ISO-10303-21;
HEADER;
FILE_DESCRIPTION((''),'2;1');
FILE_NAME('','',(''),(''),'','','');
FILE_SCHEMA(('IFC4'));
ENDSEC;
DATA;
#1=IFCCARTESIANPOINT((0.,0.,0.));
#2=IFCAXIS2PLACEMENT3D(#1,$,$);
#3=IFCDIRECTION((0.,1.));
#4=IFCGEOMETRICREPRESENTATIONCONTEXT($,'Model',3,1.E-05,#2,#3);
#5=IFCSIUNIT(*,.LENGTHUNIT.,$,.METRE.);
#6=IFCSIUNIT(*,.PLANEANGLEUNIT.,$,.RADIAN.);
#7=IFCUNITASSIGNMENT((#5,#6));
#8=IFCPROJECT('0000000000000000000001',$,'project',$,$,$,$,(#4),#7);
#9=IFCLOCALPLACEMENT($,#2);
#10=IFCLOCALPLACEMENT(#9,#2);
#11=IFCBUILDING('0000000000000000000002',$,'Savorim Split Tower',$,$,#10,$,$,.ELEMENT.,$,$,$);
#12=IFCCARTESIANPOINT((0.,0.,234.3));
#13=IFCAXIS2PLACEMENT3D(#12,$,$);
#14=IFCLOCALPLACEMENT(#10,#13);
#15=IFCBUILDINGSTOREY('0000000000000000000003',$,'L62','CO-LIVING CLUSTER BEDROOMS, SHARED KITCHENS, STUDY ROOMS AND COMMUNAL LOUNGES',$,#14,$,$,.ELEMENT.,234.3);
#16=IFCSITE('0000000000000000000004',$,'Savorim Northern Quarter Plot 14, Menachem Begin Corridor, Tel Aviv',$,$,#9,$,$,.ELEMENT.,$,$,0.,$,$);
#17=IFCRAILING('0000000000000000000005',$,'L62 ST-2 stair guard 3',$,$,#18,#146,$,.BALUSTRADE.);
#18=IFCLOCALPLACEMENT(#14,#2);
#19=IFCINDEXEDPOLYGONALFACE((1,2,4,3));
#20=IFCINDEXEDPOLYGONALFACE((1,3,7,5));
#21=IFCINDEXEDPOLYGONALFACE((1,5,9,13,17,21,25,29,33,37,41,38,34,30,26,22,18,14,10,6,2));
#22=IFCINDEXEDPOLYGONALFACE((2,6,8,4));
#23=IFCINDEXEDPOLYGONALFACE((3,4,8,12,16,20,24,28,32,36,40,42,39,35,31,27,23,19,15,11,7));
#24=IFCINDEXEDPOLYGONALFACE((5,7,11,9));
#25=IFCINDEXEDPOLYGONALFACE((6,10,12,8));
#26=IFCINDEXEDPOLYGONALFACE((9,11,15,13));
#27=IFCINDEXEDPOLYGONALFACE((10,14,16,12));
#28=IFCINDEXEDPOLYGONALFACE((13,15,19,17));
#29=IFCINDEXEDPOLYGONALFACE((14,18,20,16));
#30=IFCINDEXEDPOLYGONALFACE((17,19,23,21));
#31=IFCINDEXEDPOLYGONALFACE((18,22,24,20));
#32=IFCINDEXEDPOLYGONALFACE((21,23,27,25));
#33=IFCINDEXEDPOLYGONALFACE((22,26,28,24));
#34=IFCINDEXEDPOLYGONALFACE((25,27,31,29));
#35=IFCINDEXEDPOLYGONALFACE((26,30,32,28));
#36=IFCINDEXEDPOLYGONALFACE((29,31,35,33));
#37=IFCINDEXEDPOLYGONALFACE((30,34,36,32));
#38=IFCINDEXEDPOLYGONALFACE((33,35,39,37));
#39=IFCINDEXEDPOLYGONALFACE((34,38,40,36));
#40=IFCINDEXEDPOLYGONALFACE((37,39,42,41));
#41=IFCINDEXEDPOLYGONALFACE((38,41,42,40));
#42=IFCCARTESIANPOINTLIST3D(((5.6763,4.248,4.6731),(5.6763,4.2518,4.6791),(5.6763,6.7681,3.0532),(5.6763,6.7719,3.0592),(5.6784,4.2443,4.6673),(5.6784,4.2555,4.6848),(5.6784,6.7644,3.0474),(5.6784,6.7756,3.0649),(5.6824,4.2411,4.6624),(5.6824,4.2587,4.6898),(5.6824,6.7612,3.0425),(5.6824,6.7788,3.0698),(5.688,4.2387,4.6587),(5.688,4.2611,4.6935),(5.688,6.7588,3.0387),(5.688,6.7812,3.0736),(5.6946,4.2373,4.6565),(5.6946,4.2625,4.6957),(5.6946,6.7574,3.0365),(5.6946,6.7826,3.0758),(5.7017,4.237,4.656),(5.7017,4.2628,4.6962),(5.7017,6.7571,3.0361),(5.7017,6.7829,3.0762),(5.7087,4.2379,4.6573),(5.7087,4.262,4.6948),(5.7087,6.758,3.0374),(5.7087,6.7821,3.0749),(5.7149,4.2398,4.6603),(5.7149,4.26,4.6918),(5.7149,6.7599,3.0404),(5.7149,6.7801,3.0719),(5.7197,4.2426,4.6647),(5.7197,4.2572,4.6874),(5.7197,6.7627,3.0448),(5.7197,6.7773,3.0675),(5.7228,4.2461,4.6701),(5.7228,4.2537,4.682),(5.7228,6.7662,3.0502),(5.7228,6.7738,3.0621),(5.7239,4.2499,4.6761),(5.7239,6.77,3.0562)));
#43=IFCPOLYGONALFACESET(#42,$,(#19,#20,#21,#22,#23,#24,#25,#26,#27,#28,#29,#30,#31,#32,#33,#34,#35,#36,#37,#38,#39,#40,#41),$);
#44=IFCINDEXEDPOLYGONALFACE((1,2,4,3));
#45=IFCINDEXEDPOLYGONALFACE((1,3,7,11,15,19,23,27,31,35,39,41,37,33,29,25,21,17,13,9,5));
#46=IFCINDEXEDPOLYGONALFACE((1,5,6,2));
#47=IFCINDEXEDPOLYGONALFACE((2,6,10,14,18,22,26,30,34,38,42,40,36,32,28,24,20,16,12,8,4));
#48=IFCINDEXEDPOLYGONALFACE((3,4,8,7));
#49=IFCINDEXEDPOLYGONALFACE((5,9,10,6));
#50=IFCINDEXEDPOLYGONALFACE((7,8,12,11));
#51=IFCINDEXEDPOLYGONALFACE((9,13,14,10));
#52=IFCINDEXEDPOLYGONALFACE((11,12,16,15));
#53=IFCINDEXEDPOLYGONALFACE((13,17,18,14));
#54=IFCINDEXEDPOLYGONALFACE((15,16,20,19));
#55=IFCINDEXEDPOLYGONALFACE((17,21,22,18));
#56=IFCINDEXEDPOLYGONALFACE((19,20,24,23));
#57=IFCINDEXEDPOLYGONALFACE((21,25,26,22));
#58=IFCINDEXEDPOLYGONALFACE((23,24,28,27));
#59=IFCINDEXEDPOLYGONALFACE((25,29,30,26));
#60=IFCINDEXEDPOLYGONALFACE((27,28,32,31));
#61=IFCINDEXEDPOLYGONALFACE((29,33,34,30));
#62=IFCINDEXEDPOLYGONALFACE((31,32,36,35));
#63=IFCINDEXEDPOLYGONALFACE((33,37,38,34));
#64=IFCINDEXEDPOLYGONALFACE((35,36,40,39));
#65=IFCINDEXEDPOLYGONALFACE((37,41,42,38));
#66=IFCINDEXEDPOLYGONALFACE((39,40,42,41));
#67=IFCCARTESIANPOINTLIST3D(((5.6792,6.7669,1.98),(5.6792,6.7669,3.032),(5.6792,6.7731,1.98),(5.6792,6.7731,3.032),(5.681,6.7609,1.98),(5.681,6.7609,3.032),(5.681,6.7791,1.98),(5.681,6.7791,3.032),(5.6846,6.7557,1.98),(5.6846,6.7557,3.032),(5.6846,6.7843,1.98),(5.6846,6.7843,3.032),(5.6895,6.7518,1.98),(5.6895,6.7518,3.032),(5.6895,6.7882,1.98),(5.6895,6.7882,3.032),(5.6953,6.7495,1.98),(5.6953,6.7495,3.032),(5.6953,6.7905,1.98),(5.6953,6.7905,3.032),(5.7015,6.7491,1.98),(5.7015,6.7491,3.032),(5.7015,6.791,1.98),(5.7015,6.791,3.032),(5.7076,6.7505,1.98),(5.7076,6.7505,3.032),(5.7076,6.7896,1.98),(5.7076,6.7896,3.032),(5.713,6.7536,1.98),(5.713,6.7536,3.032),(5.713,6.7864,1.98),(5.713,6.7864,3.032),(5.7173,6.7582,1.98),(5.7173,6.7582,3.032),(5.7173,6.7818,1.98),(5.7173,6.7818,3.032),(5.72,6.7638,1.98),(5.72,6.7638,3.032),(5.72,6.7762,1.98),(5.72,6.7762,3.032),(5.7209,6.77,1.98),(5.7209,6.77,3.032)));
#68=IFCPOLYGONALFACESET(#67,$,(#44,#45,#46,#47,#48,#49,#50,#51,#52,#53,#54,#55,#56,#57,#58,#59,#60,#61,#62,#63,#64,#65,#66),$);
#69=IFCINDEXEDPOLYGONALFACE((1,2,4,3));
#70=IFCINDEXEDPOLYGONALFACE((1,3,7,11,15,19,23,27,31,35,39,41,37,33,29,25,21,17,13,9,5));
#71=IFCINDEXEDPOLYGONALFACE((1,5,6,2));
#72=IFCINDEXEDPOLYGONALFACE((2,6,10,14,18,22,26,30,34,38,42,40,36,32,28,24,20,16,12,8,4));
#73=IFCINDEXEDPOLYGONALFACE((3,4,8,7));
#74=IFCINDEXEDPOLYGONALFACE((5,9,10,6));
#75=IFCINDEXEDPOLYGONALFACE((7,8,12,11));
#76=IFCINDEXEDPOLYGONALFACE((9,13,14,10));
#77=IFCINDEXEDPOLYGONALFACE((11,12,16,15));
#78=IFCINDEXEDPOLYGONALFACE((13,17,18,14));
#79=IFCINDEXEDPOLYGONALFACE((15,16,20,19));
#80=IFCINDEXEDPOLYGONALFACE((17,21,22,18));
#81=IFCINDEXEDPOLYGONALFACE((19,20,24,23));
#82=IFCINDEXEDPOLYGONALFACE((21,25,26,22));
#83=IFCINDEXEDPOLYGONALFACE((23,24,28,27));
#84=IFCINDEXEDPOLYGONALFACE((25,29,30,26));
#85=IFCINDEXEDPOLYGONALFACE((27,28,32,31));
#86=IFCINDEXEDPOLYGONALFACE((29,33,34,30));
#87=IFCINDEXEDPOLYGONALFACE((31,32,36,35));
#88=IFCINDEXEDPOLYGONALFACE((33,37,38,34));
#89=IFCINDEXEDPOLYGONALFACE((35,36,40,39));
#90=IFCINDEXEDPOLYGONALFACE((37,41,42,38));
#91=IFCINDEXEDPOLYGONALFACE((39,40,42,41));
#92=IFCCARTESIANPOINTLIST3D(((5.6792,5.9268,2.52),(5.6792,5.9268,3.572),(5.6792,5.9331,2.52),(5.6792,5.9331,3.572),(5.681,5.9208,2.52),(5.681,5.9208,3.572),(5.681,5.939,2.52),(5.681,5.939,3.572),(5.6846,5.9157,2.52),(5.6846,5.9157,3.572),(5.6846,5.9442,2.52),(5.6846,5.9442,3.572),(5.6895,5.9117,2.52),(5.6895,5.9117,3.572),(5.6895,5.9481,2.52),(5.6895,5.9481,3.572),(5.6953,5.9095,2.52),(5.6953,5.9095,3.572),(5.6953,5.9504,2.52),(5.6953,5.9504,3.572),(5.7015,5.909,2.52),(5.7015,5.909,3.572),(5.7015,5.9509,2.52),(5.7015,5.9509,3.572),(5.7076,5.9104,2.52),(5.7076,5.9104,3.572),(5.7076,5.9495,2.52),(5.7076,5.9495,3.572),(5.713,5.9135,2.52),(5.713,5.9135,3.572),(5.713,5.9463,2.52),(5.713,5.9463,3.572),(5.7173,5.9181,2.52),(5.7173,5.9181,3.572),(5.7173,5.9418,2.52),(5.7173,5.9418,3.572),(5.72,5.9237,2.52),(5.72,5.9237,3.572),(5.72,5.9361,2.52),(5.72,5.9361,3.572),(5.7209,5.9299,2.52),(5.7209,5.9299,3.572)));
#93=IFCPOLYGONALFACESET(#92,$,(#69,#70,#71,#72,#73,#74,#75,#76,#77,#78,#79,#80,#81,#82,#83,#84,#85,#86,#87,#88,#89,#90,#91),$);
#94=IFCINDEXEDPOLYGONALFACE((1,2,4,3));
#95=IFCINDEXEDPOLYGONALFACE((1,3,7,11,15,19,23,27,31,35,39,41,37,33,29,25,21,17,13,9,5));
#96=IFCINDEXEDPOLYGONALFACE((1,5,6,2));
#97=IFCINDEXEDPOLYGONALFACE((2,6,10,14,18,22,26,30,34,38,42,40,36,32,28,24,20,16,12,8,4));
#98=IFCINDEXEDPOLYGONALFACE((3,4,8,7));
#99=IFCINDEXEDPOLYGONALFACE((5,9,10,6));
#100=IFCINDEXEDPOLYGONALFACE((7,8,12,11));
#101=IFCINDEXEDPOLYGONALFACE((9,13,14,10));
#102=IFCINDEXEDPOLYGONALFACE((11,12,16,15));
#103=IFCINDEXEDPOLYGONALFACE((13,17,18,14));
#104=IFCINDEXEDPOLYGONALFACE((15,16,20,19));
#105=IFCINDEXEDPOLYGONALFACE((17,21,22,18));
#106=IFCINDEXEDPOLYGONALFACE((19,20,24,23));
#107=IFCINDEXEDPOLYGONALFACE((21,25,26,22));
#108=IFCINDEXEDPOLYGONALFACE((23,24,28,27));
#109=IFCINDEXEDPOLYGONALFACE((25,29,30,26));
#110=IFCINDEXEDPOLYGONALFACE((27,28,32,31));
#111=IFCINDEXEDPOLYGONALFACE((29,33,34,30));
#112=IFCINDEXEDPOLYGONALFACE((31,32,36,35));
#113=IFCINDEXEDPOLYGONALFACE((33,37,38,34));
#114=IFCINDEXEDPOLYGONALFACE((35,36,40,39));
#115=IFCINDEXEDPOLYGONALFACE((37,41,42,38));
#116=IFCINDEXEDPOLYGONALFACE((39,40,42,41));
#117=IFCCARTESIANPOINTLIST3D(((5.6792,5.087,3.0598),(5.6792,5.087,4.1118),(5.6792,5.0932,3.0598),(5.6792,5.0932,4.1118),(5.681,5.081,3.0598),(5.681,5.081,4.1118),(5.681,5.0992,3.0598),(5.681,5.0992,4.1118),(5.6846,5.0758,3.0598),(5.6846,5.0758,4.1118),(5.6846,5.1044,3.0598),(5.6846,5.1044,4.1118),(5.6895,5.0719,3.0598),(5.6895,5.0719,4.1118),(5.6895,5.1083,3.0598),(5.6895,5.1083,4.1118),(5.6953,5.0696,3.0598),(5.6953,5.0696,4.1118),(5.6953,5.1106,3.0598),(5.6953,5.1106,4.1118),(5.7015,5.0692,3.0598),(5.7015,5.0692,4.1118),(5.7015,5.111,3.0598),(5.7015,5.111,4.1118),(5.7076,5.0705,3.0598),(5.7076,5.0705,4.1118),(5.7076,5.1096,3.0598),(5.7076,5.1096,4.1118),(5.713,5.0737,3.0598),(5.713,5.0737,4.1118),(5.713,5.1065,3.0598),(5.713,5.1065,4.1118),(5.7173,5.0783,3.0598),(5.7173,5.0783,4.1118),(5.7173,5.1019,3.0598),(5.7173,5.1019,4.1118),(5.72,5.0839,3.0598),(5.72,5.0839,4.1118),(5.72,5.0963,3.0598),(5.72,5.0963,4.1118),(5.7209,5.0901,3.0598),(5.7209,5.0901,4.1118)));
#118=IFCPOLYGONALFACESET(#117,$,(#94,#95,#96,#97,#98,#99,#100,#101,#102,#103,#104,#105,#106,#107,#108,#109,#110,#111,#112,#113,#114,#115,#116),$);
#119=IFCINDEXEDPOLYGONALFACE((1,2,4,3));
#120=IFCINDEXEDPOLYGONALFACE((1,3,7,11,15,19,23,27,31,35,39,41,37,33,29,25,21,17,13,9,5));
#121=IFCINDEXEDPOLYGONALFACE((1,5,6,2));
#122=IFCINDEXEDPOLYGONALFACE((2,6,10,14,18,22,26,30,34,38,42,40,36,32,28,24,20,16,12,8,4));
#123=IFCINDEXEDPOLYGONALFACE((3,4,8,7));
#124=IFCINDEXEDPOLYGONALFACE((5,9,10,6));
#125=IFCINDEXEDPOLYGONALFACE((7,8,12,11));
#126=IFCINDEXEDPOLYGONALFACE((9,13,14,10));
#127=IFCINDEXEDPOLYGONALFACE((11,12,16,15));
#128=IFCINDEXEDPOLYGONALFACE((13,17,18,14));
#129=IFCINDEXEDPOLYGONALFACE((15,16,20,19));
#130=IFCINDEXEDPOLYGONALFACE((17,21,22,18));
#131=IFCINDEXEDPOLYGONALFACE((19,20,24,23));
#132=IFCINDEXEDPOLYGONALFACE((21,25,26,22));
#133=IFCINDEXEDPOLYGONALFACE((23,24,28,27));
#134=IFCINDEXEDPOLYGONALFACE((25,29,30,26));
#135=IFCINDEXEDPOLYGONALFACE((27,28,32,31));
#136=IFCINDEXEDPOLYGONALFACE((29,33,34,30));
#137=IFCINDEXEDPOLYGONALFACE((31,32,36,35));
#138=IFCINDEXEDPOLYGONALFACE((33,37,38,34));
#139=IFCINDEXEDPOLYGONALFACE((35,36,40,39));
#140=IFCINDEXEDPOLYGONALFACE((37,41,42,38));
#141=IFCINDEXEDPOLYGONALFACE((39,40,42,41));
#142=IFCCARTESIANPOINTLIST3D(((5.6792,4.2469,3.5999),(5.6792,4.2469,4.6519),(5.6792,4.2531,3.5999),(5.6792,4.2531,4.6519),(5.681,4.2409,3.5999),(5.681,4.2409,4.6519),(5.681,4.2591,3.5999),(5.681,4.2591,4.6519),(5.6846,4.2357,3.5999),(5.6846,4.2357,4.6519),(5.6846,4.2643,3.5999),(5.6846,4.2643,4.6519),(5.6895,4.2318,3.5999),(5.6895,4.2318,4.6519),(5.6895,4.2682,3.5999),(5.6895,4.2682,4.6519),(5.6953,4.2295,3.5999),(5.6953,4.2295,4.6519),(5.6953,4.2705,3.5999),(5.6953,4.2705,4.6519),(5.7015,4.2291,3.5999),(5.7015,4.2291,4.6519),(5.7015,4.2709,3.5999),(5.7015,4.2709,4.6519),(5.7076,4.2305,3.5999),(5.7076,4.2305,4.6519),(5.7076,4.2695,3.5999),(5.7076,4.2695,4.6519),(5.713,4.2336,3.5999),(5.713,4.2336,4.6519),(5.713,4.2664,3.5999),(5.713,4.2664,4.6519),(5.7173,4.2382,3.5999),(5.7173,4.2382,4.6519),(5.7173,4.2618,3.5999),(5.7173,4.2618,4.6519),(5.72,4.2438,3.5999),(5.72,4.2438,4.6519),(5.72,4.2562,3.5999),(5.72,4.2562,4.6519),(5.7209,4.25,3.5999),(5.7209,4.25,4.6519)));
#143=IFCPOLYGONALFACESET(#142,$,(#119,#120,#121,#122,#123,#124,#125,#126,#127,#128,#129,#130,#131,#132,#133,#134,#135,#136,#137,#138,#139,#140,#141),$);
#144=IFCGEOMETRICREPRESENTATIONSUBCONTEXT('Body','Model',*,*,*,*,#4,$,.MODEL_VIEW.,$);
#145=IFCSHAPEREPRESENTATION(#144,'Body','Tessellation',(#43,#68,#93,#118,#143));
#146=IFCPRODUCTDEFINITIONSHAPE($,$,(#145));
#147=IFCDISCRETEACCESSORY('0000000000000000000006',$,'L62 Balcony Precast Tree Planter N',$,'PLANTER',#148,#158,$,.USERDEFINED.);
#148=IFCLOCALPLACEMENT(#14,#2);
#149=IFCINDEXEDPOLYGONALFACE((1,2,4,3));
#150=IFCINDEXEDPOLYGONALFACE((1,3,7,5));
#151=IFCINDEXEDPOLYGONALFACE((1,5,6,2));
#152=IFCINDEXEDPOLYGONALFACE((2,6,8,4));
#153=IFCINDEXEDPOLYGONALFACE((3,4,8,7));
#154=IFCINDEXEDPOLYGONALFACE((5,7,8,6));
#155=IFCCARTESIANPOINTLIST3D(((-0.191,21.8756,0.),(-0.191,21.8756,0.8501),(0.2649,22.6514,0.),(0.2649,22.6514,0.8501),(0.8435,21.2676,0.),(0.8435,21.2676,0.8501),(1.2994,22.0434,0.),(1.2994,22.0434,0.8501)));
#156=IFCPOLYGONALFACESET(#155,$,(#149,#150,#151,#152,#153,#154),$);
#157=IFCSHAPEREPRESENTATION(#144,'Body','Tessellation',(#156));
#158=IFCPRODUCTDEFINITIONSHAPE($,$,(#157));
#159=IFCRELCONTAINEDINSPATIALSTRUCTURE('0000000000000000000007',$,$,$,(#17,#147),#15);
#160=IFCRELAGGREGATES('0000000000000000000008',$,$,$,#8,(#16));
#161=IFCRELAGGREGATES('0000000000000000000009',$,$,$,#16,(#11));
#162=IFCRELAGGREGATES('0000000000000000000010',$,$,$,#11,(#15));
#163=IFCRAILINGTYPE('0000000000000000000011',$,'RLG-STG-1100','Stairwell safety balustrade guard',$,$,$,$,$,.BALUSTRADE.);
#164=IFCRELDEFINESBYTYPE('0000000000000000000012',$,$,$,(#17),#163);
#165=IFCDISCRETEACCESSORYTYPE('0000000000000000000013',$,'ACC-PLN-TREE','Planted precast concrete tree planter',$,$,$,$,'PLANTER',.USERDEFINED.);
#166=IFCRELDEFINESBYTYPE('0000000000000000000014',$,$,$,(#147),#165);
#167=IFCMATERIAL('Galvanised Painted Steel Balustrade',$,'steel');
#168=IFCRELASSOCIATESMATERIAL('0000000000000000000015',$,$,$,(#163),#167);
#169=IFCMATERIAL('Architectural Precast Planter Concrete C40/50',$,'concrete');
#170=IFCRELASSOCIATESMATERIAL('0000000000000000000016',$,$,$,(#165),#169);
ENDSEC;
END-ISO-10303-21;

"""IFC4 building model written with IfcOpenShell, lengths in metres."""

from ifc_helpers import new_model, si_unit, direction, frame, origin, origin_2d, place, context, subcontext, project, spatial, rectangle, circle, extrude, material, type_object, element, save


model = new_model("IFC4")

# Units and contexts
model_context = context("Model", 3, precision=1e-05, world=origin(), true_north=direction((0.0, 1.0)))
body_context = subcontext(model_context, "Body", "Model", "MODEL_VIEW")
ifc_project = project(units=[si_unit("LENGTHUNIT", "METRE"), si_unit("PLANEANGLEUNIT", "RADIAN")], contexts=[model_context])

# Site, building, storey
site_placement = place(None, origin())
site = spatial("IfcSite", under=ifc_project, at=site_placement, Name="Savorim Northern Quarter Plot 14, Menachem Begin Corridor, Tel Aviv", CompositionType="ELEMENT", RefElevation=0.0)
building_placement = place(site_placement, origin())
building = spatial("IfcBuilding", under=site, at=building_placement, Name="Savorim Split Tower", CompositionType="ELEMENT")
storey_placement = place(building_placement, frame((0.0, 0.0, 234.3)))
storey = spatial("IfcBuildingStorey", under=building, at=storey_placement, Name="L62", Description="CO-LIVING CLUSTER BEDROOMS, SHARED KITCHENS, STUDY ROOMS AND COMMUNAL LOUNGES", CompositionType="ELEMENT", Elevation=234.3)

# Railing
ifc_material_1 = material(Name="Galvanised Painted Steel Balustrade", Category="steel")
railing_type_1 = type_object("IfcRailingType", Name="RLG-STG-1100", Description="Stairwell safety balustrade guard", PredefinedType="BALUSTRADE", material=ifc_material_1)
railing_1_placement = place(storey_placement, frame((5.7, 6.77, 1.98)))
element("IfcRailing", 1, at=railing_1_placement, inside=storey, type_object=railing_type_1, Name="L62 ST-2 stair guard 3", PredefinedType="BALUSTRADE", context=body_context, shape_type="SweptSolid", body=[
    extrude(circle(Radius=0.0239, at=origin_2d()), frame((0.0, 0.0, 1.0762), z_axis=(0.0, -0.8412, 0.540725), x_axis=(1.0, 0.0, 0.0)), (0.0, 0.0, 1.0), 2.9958),
    extrude(circle(Radius=0.021, at=origin_2d()), origin(), (0.0, 0.0, 1.0), 1.052),
    extrude(circle(Radius=0.021, at=origin_2d()), frame((0.0, -0.8401, 0.54)), (0.0, 0.0, 1.0), 1.052),
    extrude(circle(Radius=0.021, at=origin_2d()), frame((0.0, -1.6799, 1.0798)), (0.0, 0.0, 1.0), 1.052),
    extrude(circle(Radius=0.021, at=origin_2d()), frame((0.0, -2.52, 1.6199)), (0.0, 0.0, 1.0), 1.052),
])

# Discrete accessory
ifc_material_2 = material(Name="Architectural Precast Planter Concrete C40/50", Category="concrete")
discrete_accessory_type = type_object("IfcDiscreteAccessoryType", Name="ACC-PLN-TREE", Description="Planted precast concrete tree planter", ElementType="PLANTER", PredefinedType="USERDEFINED", material=ifc_material_2)
discrete_accessory_placement = place(storey_placement, frame((0.5542, 21.9595, 0.0), z_axis=(0.0, 0.0, 1.0), x_axis=(-0.862123, 0.506699, 0.0)))
element("IfcDiscreteAccessory", 2, at=discrete_accessory_placement, inside=storey, type_object=discrete_accessory_type, Name="L62 Balcony Precast Tree Planter N", ObjectType="PLANTER", PredefinedType="USERDEFINED", context=body_context, shape_type="SweptSolid", body=[
    extrude(rectangle(XDim=1.2, YDim=0.8999, at=origin_2d()), origin(), (0.0, 0.0, 1.0), 0.8501),
])

save(model, "model.ifc")
